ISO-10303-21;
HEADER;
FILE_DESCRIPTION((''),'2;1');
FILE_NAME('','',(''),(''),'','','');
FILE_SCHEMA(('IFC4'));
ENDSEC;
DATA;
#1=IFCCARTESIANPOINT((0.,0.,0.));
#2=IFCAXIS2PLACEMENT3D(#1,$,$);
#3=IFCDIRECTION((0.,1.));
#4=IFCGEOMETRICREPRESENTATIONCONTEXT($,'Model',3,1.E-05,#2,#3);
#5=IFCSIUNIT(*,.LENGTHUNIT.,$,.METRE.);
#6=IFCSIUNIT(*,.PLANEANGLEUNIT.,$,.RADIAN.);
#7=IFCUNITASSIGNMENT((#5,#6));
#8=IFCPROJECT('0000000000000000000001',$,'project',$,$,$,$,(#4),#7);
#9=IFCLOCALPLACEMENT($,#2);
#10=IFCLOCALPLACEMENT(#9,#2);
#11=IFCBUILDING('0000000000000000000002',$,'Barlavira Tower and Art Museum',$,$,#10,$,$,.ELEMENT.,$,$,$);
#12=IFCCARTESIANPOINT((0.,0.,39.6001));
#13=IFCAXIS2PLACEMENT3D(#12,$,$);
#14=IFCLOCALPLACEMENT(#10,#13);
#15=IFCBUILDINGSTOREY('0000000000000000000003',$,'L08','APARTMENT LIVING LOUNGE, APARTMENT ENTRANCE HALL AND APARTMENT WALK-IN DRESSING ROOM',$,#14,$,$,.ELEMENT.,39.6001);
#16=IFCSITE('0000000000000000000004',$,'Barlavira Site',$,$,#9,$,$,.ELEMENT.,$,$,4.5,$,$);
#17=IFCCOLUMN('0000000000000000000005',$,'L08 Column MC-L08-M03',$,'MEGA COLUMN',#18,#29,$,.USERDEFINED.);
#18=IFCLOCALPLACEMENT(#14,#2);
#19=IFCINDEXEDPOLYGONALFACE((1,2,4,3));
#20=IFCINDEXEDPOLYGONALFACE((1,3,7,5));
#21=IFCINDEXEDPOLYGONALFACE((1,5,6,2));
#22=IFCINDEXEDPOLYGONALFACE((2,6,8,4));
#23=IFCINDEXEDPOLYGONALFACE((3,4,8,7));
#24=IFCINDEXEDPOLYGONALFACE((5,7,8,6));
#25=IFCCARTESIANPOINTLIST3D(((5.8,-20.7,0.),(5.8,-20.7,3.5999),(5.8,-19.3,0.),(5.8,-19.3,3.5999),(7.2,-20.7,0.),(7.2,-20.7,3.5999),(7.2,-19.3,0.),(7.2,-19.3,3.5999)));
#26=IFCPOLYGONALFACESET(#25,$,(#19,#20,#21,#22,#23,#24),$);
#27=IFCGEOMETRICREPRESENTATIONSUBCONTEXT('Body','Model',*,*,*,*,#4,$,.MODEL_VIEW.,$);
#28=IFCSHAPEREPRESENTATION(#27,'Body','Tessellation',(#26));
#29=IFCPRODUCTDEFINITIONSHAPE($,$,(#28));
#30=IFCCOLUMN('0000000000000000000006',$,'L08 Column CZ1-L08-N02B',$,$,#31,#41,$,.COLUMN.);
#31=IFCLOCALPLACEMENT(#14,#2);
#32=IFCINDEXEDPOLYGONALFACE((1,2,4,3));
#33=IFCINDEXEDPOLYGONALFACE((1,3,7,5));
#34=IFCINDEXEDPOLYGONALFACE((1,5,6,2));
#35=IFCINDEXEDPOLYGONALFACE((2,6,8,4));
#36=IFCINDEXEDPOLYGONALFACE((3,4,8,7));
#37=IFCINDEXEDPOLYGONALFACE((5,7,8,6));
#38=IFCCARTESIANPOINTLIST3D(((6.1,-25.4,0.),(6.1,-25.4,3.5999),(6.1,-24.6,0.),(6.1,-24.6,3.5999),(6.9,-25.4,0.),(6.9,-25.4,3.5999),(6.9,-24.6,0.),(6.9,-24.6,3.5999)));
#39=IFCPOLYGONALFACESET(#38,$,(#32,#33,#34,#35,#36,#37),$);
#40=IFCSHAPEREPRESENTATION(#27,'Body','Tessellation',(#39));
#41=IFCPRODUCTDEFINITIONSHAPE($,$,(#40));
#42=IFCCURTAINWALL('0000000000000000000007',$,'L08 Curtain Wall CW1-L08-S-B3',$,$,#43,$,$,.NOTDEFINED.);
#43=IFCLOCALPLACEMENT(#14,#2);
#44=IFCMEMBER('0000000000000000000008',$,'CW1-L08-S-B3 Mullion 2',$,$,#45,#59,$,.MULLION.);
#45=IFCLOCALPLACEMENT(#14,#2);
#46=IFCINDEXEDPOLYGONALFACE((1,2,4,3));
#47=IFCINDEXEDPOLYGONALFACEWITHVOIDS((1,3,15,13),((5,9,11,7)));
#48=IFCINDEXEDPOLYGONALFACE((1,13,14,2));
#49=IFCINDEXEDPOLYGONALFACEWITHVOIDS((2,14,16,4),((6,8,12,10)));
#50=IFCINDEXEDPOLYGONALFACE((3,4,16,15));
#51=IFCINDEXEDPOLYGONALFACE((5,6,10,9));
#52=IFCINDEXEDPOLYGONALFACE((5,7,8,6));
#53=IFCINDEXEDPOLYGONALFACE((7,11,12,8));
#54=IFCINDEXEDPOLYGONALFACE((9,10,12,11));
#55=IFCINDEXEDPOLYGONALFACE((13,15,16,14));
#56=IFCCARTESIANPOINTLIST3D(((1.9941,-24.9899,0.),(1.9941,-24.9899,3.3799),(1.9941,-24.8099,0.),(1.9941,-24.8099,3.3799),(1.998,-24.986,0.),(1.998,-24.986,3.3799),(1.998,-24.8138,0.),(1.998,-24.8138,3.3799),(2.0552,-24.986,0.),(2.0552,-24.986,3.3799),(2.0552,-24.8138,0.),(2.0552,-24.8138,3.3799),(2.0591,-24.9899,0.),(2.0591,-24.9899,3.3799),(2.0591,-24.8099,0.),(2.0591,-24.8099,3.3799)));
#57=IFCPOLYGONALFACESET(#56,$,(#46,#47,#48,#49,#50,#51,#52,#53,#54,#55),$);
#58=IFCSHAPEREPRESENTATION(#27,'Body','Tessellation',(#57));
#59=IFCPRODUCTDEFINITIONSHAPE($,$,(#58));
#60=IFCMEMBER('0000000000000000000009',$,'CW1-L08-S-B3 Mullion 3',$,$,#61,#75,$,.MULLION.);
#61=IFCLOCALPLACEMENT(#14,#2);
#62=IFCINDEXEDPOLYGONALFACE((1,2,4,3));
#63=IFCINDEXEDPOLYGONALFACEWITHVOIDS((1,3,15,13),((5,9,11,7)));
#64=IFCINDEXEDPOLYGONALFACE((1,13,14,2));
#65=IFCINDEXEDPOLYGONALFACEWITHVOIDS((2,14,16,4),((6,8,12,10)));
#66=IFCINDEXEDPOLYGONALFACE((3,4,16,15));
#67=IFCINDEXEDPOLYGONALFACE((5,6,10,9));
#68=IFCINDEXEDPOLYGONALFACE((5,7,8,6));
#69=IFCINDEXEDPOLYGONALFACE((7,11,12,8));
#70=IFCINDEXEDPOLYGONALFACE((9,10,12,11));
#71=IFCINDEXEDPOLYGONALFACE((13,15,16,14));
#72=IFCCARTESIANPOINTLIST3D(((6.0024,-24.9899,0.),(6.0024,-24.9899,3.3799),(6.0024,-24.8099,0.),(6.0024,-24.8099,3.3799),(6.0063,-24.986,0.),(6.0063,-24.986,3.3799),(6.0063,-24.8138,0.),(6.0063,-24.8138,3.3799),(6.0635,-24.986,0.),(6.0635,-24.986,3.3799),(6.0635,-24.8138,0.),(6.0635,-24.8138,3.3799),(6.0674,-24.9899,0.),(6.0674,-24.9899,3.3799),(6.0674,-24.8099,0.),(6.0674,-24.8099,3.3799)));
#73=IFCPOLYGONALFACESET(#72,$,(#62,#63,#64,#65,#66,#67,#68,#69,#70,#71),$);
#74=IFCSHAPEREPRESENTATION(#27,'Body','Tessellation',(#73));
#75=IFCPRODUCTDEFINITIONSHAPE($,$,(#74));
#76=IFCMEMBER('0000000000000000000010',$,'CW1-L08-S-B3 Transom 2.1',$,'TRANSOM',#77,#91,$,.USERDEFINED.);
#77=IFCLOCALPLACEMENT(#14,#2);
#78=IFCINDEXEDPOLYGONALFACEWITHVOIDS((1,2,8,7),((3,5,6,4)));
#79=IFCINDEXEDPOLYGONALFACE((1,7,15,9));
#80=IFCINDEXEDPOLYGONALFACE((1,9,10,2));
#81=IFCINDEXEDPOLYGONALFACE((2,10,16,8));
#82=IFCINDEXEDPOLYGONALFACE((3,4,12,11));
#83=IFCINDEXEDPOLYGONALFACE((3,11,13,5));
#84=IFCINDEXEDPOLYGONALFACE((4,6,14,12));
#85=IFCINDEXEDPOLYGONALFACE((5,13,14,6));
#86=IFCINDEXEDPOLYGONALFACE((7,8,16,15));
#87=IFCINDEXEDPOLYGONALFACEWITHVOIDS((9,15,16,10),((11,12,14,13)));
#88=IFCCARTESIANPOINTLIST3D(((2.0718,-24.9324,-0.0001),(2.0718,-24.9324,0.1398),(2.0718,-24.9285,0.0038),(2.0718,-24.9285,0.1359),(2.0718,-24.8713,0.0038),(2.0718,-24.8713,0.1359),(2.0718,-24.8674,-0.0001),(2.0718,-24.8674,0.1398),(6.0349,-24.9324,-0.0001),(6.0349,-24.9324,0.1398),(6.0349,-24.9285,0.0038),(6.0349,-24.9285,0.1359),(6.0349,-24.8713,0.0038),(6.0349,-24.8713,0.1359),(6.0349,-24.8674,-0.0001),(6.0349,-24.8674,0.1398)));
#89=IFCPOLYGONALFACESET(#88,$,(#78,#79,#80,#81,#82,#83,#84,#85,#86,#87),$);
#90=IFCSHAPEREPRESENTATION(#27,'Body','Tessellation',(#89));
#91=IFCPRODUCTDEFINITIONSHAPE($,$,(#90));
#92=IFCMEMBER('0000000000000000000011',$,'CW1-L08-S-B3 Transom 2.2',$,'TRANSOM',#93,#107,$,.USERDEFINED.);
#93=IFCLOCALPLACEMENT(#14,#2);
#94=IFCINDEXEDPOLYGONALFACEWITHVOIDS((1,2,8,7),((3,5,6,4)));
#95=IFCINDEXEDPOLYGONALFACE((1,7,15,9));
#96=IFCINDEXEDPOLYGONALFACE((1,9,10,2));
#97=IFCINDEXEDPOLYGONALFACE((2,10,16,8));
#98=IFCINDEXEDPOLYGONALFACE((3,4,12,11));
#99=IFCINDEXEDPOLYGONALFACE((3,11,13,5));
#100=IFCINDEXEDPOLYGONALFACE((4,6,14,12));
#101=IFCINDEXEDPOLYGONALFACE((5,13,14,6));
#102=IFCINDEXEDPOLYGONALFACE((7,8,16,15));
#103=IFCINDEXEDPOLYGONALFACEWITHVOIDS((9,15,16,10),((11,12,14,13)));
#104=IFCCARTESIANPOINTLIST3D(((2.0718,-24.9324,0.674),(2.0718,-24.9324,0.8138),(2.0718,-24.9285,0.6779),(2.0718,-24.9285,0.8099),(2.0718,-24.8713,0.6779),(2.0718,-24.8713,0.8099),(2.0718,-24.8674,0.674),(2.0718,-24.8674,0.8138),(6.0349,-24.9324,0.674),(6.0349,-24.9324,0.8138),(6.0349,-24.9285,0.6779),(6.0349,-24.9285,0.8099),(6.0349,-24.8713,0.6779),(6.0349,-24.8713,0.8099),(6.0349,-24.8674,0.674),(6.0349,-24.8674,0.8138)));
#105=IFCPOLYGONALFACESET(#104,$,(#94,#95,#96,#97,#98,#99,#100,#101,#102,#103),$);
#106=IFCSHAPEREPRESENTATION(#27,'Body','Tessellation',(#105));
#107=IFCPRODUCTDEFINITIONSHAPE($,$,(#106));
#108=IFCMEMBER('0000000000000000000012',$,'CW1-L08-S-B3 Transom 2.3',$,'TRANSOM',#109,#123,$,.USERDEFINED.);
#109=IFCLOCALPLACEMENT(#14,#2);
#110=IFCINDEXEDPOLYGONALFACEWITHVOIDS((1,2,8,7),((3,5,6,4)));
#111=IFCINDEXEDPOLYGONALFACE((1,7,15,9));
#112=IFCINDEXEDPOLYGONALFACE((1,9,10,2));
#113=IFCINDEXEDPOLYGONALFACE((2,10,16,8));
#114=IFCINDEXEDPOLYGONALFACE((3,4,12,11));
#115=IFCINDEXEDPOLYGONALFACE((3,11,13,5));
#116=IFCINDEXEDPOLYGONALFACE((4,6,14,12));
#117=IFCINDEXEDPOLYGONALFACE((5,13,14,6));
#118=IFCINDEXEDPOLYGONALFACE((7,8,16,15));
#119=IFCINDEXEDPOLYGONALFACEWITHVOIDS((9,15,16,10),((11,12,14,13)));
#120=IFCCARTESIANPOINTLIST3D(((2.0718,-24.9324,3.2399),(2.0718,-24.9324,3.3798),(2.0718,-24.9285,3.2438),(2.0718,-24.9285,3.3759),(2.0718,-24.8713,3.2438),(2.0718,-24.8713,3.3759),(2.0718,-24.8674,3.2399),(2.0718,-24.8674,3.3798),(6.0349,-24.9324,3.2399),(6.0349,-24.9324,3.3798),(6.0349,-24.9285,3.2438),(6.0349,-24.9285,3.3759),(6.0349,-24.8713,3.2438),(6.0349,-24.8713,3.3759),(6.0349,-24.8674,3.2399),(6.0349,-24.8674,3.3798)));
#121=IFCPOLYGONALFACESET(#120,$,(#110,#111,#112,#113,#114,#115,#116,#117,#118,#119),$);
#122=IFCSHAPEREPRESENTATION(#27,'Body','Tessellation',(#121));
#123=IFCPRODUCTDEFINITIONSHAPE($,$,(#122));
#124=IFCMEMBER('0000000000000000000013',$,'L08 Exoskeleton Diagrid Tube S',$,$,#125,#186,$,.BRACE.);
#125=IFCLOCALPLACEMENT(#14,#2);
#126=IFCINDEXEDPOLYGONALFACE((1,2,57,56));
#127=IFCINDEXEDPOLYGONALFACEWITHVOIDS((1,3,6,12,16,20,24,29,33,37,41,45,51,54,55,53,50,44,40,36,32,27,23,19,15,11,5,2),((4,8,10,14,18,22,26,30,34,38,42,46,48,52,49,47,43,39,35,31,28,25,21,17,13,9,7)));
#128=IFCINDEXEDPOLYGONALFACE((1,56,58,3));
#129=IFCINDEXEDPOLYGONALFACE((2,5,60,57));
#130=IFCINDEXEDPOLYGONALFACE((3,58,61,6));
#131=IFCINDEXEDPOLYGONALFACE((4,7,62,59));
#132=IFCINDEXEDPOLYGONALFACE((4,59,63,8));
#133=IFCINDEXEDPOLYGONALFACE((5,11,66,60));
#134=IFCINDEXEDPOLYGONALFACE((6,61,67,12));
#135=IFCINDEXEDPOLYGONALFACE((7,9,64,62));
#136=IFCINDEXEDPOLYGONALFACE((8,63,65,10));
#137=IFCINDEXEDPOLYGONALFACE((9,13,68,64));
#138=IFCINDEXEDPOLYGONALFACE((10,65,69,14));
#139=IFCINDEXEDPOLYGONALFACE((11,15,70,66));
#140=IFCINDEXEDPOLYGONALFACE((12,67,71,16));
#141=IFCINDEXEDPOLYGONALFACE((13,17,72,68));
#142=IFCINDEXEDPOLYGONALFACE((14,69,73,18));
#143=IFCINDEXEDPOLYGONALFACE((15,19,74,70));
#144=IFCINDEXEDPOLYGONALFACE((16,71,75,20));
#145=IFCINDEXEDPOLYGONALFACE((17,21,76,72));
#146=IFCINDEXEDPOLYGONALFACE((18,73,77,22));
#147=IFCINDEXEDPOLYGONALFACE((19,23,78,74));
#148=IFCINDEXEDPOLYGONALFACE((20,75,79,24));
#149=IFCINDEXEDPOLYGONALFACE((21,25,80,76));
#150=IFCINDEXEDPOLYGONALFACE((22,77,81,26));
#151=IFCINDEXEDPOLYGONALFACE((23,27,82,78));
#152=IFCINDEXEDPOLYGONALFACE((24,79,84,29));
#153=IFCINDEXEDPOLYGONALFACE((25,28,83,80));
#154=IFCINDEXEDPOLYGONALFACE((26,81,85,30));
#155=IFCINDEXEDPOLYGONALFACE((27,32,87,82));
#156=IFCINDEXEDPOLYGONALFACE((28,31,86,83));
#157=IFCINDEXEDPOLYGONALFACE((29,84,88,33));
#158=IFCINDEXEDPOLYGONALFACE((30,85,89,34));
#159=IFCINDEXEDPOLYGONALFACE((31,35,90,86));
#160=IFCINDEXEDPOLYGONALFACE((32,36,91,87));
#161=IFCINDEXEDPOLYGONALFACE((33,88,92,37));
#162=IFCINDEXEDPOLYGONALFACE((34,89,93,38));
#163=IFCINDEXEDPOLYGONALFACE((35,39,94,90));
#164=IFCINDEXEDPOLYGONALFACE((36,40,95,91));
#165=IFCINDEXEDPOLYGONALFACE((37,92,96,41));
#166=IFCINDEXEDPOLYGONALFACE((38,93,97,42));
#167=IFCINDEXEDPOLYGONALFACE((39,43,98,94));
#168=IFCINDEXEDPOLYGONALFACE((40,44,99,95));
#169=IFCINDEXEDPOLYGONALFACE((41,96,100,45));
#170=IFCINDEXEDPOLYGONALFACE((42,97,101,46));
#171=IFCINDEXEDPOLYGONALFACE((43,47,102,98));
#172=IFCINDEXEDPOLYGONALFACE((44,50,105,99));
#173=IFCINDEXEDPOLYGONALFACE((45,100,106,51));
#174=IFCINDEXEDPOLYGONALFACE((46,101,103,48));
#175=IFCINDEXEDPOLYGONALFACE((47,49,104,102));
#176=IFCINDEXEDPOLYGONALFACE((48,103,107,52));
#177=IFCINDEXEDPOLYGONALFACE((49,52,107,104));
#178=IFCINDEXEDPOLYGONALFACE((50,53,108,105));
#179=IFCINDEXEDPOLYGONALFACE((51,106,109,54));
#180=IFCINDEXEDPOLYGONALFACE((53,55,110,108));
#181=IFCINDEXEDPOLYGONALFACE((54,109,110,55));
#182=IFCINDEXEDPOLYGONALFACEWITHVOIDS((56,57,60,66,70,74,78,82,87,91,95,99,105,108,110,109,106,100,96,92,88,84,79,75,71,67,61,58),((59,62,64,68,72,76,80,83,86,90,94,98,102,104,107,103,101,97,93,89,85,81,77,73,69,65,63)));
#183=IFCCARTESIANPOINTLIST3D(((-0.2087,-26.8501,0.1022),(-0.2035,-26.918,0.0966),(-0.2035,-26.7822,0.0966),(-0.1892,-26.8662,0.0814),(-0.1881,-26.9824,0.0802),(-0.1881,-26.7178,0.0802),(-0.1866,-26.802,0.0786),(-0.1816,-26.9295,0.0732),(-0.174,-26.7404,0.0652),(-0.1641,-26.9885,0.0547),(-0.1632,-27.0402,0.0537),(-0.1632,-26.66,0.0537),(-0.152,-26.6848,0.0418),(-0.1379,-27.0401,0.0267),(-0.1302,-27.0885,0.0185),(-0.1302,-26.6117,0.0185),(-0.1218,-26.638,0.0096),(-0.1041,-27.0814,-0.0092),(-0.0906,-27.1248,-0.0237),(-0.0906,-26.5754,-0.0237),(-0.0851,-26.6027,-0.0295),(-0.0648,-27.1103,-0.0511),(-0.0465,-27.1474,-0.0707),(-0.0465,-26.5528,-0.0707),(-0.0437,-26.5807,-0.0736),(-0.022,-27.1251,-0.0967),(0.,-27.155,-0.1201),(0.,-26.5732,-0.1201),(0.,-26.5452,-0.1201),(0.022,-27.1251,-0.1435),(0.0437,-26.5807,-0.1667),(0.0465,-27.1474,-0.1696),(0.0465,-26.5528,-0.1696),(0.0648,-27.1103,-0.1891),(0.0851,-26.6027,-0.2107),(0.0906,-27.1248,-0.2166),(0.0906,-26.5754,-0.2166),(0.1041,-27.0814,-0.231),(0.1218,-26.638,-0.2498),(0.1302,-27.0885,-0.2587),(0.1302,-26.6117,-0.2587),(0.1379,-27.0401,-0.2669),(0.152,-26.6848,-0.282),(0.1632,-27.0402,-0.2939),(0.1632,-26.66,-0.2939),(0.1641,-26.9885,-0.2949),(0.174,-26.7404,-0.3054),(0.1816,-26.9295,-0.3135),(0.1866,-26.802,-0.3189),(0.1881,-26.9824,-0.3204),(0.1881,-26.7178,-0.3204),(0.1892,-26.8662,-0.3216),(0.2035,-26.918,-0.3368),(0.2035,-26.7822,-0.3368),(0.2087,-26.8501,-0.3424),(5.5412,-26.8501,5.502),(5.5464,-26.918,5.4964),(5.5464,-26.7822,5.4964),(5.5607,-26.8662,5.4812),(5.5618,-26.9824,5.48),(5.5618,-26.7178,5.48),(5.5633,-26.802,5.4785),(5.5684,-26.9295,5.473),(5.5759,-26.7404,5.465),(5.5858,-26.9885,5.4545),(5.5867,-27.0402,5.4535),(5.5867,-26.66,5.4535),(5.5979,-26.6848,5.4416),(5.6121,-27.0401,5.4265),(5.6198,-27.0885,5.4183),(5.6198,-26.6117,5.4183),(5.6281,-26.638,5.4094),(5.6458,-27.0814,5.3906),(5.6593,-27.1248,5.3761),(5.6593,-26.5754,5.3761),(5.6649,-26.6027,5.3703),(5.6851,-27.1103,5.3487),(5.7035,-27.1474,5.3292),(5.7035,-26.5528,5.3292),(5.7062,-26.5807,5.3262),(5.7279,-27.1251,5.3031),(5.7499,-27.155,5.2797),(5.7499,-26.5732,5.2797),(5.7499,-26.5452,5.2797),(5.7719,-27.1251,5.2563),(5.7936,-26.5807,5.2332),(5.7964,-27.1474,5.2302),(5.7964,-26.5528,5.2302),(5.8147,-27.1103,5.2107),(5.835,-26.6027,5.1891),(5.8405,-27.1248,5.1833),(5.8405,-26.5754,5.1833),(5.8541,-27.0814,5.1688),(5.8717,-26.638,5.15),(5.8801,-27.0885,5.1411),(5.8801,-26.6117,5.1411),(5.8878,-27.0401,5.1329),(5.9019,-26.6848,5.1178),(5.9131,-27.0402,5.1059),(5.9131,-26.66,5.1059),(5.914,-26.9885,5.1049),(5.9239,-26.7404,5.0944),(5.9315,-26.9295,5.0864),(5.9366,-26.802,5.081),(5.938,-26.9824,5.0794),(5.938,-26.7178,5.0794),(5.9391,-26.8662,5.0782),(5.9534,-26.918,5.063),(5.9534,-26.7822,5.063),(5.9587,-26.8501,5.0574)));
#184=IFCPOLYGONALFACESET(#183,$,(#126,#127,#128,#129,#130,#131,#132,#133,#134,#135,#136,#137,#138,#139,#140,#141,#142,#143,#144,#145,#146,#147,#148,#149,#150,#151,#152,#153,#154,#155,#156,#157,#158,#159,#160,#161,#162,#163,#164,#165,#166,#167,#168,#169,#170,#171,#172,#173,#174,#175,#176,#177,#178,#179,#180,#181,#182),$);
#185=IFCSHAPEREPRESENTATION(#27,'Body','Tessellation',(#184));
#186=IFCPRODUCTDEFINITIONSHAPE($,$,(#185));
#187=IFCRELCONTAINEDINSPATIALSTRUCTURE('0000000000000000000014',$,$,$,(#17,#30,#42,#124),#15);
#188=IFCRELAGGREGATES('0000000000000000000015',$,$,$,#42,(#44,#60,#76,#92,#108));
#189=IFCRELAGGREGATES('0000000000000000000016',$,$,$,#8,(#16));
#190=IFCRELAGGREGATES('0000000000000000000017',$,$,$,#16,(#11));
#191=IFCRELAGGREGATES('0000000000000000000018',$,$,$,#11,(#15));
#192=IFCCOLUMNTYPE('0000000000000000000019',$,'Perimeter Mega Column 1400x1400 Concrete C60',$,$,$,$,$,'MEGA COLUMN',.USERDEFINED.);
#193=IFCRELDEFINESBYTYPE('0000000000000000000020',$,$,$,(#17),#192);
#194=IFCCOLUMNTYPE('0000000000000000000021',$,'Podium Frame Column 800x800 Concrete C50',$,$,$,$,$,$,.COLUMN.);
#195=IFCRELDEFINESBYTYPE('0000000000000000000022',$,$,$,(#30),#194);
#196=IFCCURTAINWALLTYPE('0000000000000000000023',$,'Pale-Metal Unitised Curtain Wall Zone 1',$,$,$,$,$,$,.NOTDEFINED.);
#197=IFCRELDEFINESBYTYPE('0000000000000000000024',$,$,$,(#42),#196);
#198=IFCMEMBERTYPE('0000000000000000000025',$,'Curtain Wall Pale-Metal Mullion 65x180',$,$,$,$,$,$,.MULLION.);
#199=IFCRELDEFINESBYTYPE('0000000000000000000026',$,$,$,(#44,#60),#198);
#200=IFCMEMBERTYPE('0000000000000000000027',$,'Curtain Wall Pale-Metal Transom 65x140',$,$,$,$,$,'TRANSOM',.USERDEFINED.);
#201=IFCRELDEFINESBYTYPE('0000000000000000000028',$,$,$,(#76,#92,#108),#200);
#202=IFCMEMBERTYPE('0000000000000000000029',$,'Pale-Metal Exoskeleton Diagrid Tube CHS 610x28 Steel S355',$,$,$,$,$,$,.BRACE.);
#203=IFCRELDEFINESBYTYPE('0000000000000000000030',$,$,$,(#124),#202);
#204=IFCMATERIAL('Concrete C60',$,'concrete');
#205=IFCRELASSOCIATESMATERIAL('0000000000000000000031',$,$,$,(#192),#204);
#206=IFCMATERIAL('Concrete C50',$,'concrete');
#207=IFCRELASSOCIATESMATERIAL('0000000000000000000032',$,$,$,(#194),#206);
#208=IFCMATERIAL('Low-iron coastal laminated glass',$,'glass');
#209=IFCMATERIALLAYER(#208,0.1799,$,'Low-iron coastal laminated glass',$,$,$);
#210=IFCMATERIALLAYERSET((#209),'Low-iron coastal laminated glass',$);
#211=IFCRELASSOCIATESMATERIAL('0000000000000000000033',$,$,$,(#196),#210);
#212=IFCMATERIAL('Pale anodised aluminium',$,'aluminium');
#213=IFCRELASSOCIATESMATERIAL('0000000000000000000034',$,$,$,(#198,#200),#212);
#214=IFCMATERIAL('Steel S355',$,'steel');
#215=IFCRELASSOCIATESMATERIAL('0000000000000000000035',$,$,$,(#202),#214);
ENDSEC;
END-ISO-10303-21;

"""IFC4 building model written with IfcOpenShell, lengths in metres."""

from ifc_helpers import new_model, si_unit, direction, frame, origin, origin_2d, place, context, subcontext, project, spatial, rectangle, hollow_rectangle, hollow_circle, extrude, material, layer, layer_set, material_profile, profile_set, type_object, element, aggregate, save


model = new_model("IFC4")

# Units and contexts
model_context = context("Model", 3, precision=1e-05, world=origin(), true_north=direction((0.0, 1.0)))
body_context = subcontext(model_context, "Body", "Model", "MODEL_VIEW")
ifc_project = project(units=[si_unit("LENGTHUNIT", "METRE"), si_unit("PLANEANGLEUNIT", "RADIAN")], contexts=[model_context])

# Site, building, storey
site_placement = place(None, origin())
site = spatial("IfcSite", under=ifc_project, at=site_placement, Name="Barlavira Site", CompositionType="ELEMENT", RefElevation=4.5)
building_placement = place(site_placement, origin())
building = spatial("IfcBuilding", under=site, at=building_placement, Name="Barlavira Tower and Art Museum", CompositionType="ELEMENT")
storey_placement = place(building_placement, frame((0.0, 0.0, 39.6001)))
storey = spatial("IfcBuildingStorey", under=building, at=storey_placement, Name="L08", Description="APARTMENT LIVING LOUNGE, APARTMENT ENTRANCE HALL AND APARTMENT WALK-IN DRESSING ROOM", CompositionType="ELEMENT", Elevation=39.6001)

# Columns
ifc_material_1 = material(Name="Concrete C60", Category="concrete")
ifc_material_profile_1 = material_profile(ifc_material_1, rectangle(XDim=1.3999, YDim=1.3999, at=origin_2d()), Name="RC-MCOL 1400x1400")
ifc_profile_set_1 = profile_set([ifc_material_profile_1], Name="Concrete C60")
column_type_1 = type_object("IfcColumnType", Name="Perimeter Mega Column 1400x1400 Concrete C60", ElementType="MEGA COLUMN", PredefinedType="USERDEFINED", material=ifc_profile_set_1)
column_1_placement = place(storey_placement, frame((6.5, -20.0, 0.0), z_axis=(0.0, 0.0, 1.0), x_axis=(1.0, 0.0, 0.0)))
element("IfcColumn", 1, at=column_1_placement, inside=storey, type_object=column_type_1, Name="L08 Column MC-L08-M03", ObjectType="MEGA COLUMN", PredefinedType="USERDEFINED", context=body_context, shape_type="SweptSolid", body=[
    extrude(rectangle(XDim=1.3999, YDim=1.3999, at=origin_2d()), origin(), (0.0, 0.0, 1.0), 3.5999),
])
ifc_material_2 = material(Name="Concrete C50", Category="concrete")
ifc_material_profile_2 = material_profile(ifc_material_2, rectangle(XDim=0.8, YDim=0.8, at=origin_2d()), Name="RC-COL 800x800")
ifc_profile_set_2 = profile_set([ifc_material_profile_2], Name="Concrete C50")
column_type_2 = type_object("IfcColumnType", Name="Podium Frame Column 800x800 Concrete C50", PredefinedType="COLUMN", material=ifc_profile_set_2)
column_2_placement = place(storey_placement, frame((6.5, -25.0, 0.0), z_axis=(0.0, 0.0, 1.0), x_axis=(1.0, 0.0, 0.0)))
element("IfcColumn", 2, at=column_2_placement, inside=storey, type_object=column_type_2, Name="L08 Column CZ1-L08-N02B", PredefinedType="COLUMN", context=body_context, shape_type="SweptSolid", body=[
    extrude(rectangle(XDim=0.8, YDim=0.8, at=origin_2d()), origin(), (0.0, 0.0, 1.0), 3.5999),
])

# Curtain wall, members
ifc_material_3 = material(Name="Low-iron coastal laminated glass", Category="glass")
ifc_layer_1 = layer(ifc_material_3, 0.1799, Name="Low-iron coastal laminated glass")
ifc_layer_set_1 = layer_set([ifc_layer_1], Name="Low-iron coastal laminated glass")
curtain_wall_type = type_object("IfcCurtainWallType", Name="Pale-Metal Unitised Curtain Wall Zone 1", PredefinedType="NOTDEFINED", material=ifc_layer_set_1)
curtain_wall_placement = place(storey_placement, origin())
curtain_wall = element("IfcCurtainWall", 3, at=curtain_wall_placement, inside=storey, type_object=curtain_wall_type, Name="L08 Curtain Wall CW1-L08-S-B3", PredefinedType="NOTDEFINED")
ifc_material_4 = material(Name="Pale anodised aluminium", Category="aluminium")
ifc_material_profile_3 = material_profile(ifc_material_4, hollow_rectangle(XDim=0.0649, YDim=0.1799, WallThickness=0.0039, at=origin_2d()), Name="ALU-MULL 65x180x4")
ifc_profile_set_3 = profile_set([ifc_material_profile_3], Name="Pale anodised aluminium")
member_type_1 = type_object("IfcMemberType", Name="Curtain Wall Pale-Metal Mullion 65x180", PredefinedType="MULLION", material=ifc_profile_set_3)
member_1_placement = place(storey_placement, frame((2.0266, -24.8999, 0.0), z_axis=(0.0, 0.0, 1.0), x_axis=(1.0, 0.0, 0.0)))
member_1 = element("IfcMember", 4, at=member_1_placement, type_object=member_type_1, Name="CW1-L08-S-B3 Mullion 2", PredefinedType="MULLION", context=body_context, shape_type="SweptSolid", body=[
    extrude(hollow_rectangle(XDim=0.0649, YDim=0.1799, WallThickness=0.0039, at=origin_2d()), origin(), (0.0, 0.0, 1.0), 3.3799),
])
member_2_placement = place(storey_placement, frame((6.0349, -24.8999, 0.0), z_axis=(0.0, 0.0, 1.0), x_axis=(1.0, 0.0, 0.0)))
member_2 = element("IfcMember", 5, at=member_2_placement, type_object=member_type_1, Name="CW1-L08-S-B3 Mullion 3", PredefinedType="MULLION", context=body_context, shape_type="SweptSolid", body=[
    extrude(hollow_rectangle(XDim=0.0649, YDim=0.1799, WallThickness=0.0039, at=origin_2d()), origin(), (0.0, 0.0, 1.0), 3.3799),
])
ifc_material_profile_4 = material_profile(ifc_material_4, hollow_rectangle(XDim=0.0649, YDim=0.1399, WallThickness=0.0039, at=origin_2d()), Name="ALU-TRAN 65x140x4")
ifc_profile_set_4 = profile_set([ifc_material_profile_4], Name="Pale anodised aluminium")
member_type_2 = type_object("IfcMemberType", Name="Curtain Wall Pale-Metal Transom 65x140", ElementType="TRANSOM", PredefinedType="USERDEFINED", material=ifc_profile_set_4)
member_3_placement = place(storey_placement, frame((2.0718, -24.8999, 0.0698), z_axis=(1.0, 0.0, 0.0), x_axis=(0.0, 1.0, 0.0)))
member_3 = element("IfcMember", 6, at=member_3_placement, type_object=member_type_2, Name="CW1-L08-S-B3 Transom 2.1", ObjectType="TRANSOM", PredefinedType="USERDEFINED", context=body_context, shape_type="SweptSolid", body=[
    extrude(hollow_rectangle(XDim=0.0649, YDim=0.1399, WallThickness=0.0039, at=origin_2d()), origin(), (0.0, 0.0, 1.0), 3.9631),
])
member_4_placement = place(storey_placement, frame((2.0718, -24.8999, 0.7439), z_axis=(1.0, 0.0, 0.0), x_axis=(0.0, 1.0, 0.0)))
member_4 = element("IfcMember", 7, at=member_4_placement, type_object=member_type_2, Name="CW1-L08-S-B3 Transom 2.2", ObjectType="TRANSOM", PredefinedType="USERDEFINED", context=body_context, shape_type="SweptSolid", body=[
    extrude(hollow_rectangle(XDim=0.0649, YDim=0.1399, WallThickness=0.0039, at=origin_2d()), origin(), (0.0, 0.0, 1.0), 3.9631),
])
member_5_placement = place(storey_placement, frame((2.0718, -24.8999, 3.3098), z_axis=(1.0, 0.0, 0.0), x_axis=(0.0, 1.0, 0.0)))
member_5 = element("IfcMember", 8, at=member_5_placement, type_object=member_type_2, Name="CW1-L08-S-B3 Transom 2.3", ObjectType="TRANSOM", PredefinedType="USERDEFINED", context=body_context, shape_type="SweptSolid", body=[
    extrude(hollow_rectangle(XDim=0.0649, YDim=0.1399, WallThickness=0.0039, at=origin_2d()), origin(), (0.0, 0.0, 1.0), 3.9631),
])

# Member
ifc_material_5 = material(Name="Steel S355", Category="steel")
ifc_material_profile_5 = material_profile(ifc_material_5, hollow_circle(Radius=0.3049, WallThickness=0.0281, at=origin_2d()), Name="CHS 610.0x28.0")
ifc_profile_set_5 = profile_set([ifc_material_profile_5], Name="Steel S355")
member_type_3 = type_object("IfcMemberType", Name="Pale-Metal Exoskeleton Diagrid Tube CHS 610x28 Steel S355", PredefinedType="BRACE", material=ifc_profile_set_5)
member_6_placement = place(storey_placement, frame((0.0, -26.8501, -0.1201), z_axis=(0.72895, 0.0, 0.684567), x_axis=(0.0, 1.0, 0.0)))
element("IfcMember", 9, at=member_6_placement, inside=storey, type_object=member_type_3, Name="L08 Exoskeleton Diagrid Tube S", PredefinedType="BRACE", context=body_context, shape_type="SweptSolid", body=[
    extrude(hollow_circle(Radius=0.3049, WallThickness=0.0281, at=origin_2d()), origin(), (0.0, 0.0, 1.0), 7.8879),
])

aggregate(curtain_wall, [member_1, member_2, member_3, member_4, member_5])

save(model, "model.ifc")
